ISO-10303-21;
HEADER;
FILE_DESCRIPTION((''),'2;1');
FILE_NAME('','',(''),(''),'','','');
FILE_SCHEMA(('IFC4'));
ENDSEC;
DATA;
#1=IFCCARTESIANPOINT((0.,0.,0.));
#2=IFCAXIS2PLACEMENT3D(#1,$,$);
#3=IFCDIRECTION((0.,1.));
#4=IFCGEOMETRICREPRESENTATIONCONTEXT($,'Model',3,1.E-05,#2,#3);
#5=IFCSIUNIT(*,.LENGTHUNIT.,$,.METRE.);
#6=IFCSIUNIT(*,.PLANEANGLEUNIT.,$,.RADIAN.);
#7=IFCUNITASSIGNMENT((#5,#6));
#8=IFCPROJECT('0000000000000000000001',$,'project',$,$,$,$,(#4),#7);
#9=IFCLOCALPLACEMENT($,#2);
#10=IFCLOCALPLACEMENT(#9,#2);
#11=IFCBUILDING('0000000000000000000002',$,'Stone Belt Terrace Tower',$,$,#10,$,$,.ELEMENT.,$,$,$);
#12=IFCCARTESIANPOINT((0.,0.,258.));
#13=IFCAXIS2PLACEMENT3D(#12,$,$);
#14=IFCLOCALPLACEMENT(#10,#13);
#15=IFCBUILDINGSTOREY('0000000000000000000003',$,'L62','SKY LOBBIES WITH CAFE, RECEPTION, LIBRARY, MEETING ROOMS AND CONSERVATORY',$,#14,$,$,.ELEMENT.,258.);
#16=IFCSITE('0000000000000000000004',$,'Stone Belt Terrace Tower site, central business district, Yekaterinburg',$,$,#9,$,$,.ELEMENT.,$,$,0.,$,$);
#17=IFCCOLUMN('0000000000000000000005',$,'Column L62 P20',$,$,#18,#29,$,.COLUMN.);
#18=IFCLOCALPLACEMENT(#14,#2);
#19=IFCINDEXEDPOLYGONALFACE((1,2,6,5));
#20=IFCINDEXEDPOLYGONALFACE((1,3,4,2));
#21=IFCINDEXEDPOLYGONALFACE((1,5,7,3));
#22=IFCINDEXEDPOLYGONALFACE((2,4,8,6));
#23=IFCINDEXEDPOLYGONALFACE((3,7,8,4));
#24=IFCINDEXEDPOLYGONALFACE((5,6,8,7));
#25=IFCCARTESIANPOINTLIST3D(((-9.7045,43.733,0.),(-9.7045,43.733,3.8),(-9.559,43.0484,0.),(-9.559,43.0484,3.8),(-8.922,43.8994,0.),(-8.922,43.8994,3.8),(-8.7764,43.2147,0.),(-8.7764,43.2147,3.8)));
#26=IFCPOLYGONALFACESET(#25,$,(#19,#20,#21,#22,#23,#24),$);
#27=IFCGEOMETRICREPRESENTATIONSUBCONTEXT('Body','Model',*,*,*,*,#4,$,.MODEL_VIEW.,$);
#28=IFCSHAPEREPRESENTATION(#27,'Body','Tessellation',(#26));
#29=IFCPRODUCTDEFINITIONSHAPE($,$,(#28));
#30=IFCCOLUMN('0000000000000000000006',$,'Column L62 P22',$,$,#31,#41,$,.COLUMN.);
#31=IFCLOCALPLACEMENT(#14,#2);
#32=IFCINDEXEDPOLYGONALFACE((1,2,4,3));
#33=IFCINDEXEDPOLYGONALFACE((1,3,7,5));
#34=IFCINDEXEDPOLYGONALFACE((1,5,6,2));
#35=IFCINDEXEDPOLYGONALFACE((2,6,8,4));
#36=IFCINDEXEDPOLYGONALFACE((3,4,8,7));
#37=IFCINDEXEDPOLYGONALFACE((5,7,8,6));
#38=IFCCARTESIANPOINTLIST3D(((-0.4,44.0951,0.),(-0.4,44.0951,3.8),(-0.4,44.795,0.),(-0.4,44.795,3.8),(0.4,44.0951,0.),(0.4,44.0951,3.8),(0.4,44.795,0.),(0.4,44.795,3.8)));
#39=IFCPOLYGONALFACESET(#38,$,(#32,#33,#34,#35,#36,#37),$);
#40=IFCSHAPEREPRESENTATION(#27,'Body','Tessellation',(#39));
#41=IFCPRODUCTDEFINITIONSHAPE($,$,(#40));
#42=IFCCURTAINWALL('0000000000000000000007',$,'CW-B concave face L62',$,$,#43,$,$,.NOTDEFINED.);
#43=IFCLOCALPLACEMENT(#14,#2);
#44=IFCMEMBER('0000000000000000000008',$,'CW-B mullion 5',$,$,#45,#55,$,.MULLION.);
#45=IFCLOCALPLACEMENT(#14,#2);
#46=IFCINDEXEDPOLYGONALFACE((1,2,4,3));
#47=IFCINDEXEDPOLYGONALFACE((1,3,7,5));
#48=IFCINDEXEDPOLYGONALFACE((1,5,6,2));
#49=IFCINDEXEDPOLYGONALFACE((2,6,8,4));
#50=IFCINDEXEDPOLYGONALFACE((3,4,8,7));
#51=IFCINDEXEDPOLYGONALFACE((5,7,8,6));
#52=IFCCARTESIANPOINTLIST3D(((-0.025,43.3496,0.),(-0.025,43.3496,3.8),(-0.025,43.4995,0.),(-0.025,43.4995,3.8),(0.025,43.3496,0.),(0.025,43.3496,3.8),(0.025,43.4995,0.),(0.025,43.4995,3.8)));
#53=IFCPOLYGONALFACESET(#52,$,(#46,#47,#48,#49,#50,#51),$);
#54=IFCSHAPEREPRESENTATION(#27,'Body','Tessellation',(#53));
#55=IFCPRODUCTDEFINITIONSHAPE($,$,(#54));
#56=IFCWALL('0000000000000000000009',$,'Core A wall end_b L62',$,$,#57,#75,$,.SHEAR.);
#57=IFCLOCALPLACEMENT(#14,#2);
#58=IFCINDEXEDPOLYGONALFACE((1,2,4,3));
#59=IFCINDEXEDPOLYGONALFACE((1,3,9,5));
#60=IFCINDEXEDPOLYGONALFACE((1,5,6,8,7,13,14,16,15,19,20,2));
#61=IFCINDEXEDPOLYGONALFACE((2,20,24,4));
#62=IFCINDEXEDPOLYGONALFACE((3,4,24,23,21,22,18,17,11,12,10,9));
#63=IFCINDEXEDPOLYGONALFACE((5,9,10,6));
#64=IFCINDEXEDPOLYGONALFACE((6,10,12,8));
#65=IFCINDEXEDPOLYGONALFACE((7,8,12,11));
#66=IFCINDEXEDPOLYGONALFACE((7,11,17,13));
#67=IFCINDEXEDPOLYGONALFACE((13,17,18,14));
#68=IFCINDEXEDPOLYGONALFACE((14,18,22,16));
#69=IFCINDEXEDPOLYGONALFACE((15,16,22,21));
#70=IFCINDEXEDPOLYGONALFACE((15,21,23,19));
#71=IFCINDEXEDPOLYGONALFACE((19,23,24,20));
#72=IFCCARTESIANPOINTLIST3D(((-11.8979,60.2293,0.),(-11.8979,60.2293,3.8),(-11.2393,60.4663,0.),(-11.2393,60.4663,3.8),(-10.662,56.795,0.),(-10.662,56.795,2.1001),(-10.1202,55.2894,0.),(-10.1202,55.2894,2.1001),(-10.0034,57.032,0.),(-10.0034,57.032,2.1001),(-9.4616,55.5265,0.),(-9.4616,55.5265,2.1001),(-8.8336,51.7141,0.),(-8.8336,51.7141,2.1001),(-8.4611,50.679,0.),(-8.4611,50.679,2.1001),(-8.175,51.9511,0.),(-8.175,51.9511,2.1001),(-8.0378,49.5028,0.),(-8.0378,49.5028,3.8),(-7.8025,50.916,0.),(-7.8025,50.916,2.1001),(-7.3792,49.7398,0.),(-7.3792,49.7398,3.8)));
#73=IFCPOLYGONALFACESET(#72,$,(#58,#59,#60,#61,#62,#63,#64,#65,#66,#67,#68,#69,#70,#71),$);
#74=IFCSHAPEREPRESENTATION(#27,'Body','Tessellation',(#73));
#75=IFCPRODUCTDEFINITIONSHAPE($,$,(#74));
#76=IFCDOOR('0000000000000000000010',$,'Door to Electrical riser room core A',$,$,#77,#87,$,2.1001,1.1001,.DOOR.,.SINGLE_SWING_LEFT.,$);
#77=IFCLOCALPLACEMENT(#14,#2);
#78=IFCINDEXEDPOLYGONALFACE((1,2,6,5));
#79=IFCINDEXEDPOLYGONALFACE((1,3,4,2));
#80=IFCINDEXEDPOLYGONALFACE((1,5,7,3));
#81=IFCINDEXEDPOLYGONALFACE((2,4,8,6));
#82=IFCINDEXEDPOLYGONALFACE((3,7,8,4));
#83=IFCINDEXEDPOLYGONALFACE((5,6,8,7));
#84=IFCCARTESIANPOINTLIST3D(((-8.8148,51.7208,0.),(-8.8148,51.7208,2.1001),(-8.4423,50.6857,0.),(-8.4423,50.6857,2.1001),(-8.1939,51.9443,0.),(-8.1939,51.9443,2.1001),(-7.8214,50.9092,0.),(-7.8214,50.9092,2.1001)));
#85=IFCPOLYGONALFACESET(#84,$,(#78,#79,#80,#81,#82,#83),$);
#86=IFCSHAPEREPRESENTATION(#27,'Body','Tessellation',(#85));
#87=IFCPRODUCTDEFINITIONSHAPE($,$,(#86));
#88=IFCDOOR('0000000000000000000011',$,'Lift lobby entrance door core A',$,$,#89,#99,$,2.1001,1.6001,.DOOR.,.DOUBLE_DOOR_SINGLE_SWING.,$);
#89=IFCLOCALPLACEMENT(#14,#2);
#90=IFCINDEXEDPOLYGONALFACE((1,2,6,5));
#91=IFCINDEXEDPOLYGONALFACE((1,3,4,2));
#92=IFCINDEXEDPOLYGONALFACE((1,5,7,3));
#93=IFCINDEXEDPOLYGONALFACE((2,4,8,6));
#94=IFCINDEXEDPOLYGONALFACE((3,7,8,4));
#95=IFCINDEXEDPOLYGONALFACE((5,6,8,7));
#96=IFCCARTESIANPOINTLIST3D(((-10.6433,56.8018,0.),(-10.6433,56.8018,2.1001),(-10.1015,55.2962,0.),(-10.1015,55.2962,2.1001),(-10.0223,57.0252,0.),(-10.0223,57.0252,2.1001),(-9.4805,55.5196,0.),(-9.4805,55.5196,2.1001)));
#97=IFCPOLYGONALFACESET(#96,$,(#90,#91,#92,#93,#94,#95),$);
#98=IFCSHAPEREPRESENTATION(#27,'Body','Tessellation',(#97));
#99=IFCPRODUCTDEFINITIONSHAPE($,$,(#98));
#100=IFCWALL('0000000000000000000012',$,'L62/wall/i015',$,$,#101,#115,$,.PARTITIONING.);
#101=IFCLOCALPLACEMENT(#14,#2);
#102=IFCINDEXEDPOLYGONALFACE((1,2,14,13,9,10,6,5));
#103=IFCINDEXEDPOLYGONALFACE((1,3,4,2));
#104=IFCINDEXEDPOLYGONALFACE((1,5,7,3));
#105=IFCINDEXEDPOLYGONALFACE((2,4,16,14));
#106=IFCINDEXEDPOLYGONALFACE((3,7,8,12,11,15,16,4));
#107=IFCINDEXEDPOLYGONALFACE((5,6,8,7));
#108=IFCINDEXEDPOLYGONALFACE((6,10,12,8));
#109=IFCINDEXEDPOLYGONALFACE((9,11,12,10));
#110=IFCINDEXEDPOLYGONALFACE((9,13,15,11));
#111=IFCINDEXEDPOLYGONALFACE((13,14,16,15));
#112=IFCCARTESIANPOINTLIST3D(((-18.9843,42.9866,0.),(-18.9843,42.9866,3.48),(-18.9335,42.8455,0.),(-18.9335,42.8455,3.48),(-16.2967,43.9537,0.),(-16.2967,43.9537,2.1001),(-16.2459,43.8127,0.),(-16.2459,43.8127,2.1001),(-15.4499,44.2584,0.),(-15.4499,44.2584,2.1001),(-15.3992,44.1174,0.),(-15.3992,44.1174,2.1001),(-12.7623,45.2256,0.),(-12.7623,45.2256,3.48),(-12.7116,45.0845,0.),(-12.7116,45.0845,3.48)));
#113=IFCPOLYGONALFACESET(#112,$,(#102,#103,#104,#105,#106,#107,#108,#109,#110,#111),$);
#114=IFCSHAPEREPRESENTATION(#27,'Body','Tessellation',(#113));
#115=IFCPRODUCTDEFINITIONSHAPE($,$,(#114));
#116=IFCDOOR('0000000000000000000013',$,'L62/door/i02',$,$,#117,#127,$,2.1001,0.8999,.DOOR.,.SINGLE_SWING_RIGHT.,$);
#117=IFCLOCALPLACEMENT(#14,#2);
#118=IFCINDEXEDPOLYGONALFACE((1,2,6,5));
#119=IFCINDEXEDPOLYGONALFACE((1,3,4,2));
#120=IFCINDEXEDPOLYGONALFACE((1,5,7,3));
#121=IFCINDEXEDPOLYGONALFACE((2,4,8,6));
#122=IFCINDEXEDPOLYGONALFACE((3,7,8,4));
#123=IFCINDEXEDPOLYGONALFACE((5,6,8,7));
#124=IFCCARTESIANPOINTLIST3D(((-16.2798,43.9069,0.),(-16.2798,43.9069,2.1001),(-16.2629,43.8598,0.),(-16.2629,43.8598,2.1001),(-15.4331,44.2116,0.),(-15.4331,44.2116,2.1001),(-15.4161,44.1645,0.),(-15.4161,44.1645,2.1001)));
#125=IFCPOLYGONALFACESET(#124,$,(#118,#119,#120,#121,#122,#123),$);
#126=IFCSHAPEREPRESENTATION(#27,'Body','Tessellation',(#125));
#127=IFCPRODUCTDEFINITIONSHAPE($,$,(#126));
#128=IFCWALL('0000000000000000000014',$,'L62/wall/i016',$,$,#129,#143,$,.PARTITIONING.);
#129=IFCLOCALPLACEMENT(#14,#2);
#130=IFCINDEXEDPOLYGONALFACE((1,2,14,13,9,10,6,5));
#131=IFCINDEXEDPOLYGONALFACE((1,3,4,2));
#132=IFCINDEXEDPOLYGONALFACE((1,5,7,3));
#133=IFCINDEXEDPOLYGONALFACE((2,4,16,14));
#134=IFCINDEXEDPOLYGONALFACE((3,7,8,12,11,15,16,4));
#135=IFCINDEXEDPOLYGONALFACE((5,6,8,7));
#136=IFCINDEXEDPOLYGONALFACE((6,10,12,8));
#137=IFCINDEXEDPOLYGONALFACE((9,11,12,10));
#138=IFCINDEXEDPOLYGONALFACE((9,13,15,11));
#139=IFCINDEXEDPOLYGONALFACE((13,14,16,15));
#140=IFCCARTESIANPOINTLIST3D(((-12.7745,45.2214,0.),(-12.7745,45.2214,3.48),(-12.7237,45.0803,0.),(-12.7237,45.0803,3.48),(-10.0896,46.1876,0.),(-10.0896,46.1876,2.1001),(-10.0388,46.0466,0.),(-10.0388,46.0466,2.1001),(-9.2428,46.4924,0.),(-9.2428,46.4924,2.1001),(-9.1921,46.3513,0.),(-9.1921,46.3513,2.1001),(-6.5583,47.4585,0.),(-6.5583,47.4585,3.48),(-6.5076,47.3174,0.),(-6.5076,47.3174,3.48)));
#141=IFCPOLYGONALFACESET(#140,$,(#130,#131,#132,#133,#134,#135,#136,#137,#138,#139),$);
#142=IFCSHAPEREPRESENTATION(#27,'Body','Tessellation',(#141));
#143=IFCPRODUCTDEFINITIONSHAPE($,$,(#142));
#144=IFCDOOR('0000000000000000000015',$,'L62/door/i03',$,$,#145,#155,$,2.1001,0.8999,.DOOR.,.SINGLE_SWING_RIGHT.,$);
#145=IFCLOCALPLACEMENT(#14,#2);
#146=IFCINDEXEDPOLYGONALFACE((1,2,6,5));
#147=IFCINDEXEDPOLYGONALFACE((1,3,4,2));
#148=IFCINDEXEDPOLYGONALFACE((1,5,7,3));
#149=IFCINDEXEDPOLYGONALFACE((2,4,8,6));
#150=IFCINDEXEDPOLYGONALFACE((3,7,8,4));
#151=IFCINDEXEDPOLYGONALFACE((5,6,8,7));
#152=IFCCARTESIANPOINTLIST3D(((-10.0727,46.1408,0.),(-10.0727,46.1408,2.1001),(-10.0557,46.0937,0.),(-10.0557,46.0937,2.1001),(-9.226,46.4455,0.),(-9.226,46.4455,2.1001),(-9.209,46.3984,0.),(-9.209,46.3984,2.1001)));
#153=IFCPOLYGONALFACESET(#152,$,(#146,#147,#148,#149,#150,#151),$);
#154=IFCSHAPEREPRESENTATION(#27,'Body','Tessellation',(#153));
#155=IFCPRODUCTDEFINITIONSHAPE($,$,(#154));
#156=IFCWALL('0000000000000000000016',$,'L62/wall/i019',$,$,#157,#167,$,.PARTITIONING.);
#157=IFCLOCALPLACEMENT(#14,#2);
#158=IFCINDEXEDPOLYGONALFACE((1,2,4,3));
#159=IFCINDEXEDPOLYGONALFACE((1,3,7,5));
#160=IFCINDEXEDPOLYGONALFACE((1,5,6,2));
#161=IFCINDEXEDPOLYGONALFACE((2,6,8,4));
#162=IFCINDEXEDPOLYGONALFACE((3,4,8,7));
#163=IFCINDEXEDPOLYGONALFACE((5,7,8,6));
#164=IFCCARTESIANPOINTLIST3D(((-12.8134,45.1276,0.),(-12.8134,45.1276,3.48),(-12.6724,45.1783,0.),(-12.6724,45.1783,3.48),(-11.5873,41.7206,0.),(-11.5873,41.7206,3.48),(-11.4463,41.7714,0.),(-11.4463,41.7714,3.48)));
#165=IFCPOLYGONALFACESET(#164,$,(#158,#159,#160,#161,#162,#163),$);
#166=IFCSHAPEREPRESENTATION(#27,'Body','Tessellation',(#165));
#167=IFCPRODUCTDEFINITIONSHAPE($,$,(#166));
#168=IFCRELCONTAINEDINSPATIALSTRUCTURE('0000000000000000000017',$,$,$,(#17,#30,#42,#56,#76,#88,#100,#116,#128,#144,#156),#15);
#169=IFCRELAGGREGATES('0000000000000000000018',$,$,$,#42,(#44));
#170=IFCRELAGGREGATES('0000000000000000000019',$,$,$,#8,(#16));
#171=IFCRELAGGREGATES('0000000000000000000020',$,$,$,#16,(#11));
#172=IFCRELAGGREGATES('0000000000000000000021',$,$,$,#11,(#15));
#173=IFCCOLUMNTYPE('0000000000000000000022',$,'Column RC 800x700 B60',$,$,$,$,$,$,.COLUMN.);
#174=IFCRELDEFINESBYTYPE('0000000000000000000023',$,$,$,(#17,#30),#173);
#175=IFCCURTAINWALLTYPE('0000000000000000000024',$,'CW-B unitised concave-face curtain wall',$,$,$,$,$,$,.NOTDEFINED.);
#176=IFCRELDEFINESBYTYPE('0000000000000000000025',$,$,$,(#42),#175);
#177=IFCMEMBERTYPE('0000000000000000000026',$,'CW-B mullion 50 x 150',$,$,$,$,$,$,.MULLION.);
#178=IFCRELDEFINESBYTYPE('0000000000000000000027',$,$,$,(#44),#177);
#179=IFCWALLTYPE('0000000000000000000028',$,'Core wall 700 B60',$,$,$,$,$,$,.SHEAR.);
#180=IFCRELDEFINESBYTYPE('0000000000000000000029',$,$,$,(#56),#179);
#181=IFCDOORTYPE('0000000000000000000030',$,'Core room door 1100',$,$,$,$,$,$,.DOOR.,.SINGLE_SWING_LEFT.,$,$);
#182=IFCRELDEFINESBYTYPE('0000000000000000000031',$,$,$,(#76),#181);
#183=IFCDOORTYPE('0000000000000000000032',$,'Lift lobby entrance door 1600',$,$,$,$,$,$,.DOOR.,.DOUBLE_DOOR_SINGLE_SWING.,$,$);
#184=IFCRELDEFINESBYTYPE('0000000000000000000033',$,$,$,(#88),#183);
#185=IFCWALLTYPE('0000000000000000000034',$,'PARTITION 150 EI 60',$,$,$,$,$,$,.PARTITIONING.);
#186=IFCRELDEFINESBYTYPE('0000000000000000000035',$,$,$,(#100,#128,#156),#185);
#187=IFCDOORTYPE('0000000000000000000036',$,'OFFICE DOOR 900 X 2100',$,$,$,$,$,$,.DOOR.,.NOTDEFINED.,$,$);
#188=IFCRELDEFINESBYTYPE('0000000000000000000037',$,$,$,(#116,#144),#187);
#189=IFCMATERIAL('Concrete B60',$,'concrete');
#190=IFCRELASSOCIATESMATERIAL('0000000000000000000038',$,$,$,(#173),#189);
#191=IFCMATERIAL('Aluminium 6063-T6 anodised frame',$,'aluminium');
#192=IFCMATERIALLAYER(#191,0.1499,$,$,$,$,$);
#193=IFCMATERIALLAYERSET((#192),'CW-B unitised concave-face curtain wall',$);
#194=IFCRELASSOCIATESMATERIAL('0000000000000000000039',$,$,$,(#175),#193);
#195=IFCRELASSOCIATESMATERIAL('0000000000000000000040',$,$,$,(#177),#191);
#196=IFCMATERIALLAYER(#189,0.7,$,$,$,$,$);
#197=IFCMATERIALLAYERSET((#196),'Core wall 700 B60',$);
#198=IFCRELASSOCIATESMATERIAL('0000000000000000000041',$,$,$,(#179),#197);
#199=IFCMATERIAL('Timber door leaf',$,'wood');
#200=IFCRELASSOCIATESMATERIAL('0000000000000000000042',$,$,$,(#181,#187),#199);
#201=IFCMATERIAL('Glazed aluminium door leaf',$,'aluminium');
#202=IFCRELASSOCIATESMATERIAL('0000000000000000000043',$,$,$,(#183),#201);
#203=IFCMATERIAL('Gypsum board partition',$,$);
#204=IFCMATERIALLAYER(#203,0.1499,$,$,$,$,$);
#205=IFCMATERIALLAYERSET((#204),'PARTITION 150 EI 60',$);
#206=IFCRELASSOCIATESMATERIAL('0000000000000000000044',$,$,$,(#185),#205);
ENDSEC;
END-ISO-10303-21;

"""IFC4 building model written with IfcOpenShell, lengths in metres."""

from ifc_helpers import new_model, si_unit, direction, frame, frame_2d, origin, origin_2d, place, context, subcontext, project, spatial, rectangle, extrude, material, layer, layer_set, material_profile, profile_set, type_object, element, fill, aggregate, save


model = new_model("IFC4")

# Units and contexts
model_context = context("Model", 3, precision=1e-05, world=origin(), true_north=direction((0.0, 1.0)))
body_context = subcontext(model_context, "Body", "Model", "MODEL_VIEW")
ifc_project = project(units=[si_unit("LENGTHUNIT", "METRE"), si_unit("PLANEANGLEUNIT", "RADIAN")], contexts=[model_context])

# Site, building, storey
site_placement = place(None, origin())
site = spatial("IfcSite", under=ifc_project, at=site_placement, Name="Stone Belt Terrace Tower site, central business district, Yekaterinburg", CompositionType="ELEMENT", RefElevation=0.0)
building_placement = place(site_placement, origin())
building = spatial("IfcBuilding", under=site, at=building_placement, Name="Stone Belt Terrace Tower", CompositionType="ELEMENT")
storey_placement = place(building_placement, frame((0.0, 0.0, 258.0)))
storey = spatial("IfcBuildingStorey", under=building, at=storey_placement, Name="L62", Description="SKY LOBBIES WITH CAFE, RECEPTION, LIBRARY, MEETING ROOMS AND CONSERVATORY", CompositionType="ELEMENT", Elevation=258.0)

# Columns
ifc_material_1 = material(Name="Concrete B60", Category="concrete")
ifc_material_profile_1 = material_profile(ifc_material_1, rectangle(XDim=0.8, YDim=0.7, at=origin_2d()), Name="RC 800x700")
ifc_profile_set_1 = profile_set([ifc_material_profile_1], Name="Concrete B60")
column_type = type_object("IfcColumnType", Name="Column RC 800x700 B60", PredefinedType="COLUMN", material=ifc_profile_set_1)
for number, where, z_axis, x_axis, name in (
    (1, (-9.2405, 43.4739, 0.0), (0.0, 0.0, 1.0), (0.978148, 0.207912, 0.0), "Column L62 P20"),
    (2, (0.0, 44.4451, 0.0), (0.0, 0.0, 1.0), (1.0, 0.0, 0.0), "Column L62 P22"),
):
    element("IfcColumn", number, at=place(storey_placement, frame(where, z_axis=z_axis, x_axis=x_axis)), inside=storey, type_object=column_type, Name=name, PredefinedType="COLUMN", context=body_context, shape_type="SweptSolid", body=[
        extrude(rectangle(XDim=0.8, YDim=0.7, at=origin_2d()), origin(), (0.0, 0.0, 1.0), 3.8),
    ])

# Curtain wall, member
ifc_material_2 = material(Name="Aluminium 6063-T6 anodised frame", Category="aluminium")
ifc_layer_1 = layer(ifc_material_2, 0.1499)
ifc_layer_set_1 = layer_set([ifc_layer_1], Name="CW-B unitised concave-face curtain wall")
curtain_wall_type = type_object("IfcCurtainWallType", Name="CW-B unitised concave-face curtain wall", PredefinedType="NOTDEFINED", material=ifc_layer_set_1)
curtain_wall_placement = place(storey_placement, origin())
curtain_wall = element("IfcCurtainWall", 3, at=curtain_wall_placement, inside=storey, type_object=curtain_wall_type, Name="CW-B concave face L62", PredefinedType="NOTDEFINED")
ifc_material_profile_2 = material_profile(ifc_material_2, rectangle(XDim=0.1499, YDim=0.05, at=origin_2d()), Name="Aluminium 6063-T6 50x150")
ifc_profile_set_2 = profile_set([ifc_material_profile_2], Name="Aluminium 6063-T6 anodised frame")
member_type = type_object("IfcMemberType", Name="CW-B mullion 50 x 150", PredefinedType="MULLION", material=ifc_profile_set_2)
member_placement = place(storey_placement, frame((0.0, 43.4246, 0.0), z_axis=(0.0, 0.0, 1.0), x_axis=(0.0, 1.0, 0.0)))
member = element("IfcMember", 4, at=member_placement, type_object=member_type, Name="CW-B mullion 5", PredefinedType="MULLION", context=body_context, shape_type="SweptSolid", body=[
    extrude(rectangle(XDim=0.1499, YDim=0.05, at=origin_2d()), origin(), (0.0, 0.0, 1.0), 3.8),
])
aggregate(curtain_wall, [member])

# Wall, openings, doors
ifc_layer_2 = layer(ifc_material_1, 0.7)
ifc_layer_set_2 = layer_set([ifc_layer_2], Name="Core wall 700 B60")
wall_type_1 = type_object("IfcWallType", Name="Core wall 700 B60", PredefinedType="SHEAR", material=ifc_layer_set_2)
wall_1_placement = place(storey_placement, frame((-7.7085, 49.6213, 0.0), z_axis=(0.0, 0.0, 1.0), x_axis=(-0.338606, 0.940928, 0.0)))
wall_1 = element("IfcWall", 5, at=wall_1_placement, inside=storey, type_object=wall_type_1, Name="Core A wall end_b L62", PredefinedType="SHEAR", context=body_context, shape_type="SweptSolid", body=[
    extrude(rectangle(XDim=11.3999, YDim=0.7, at=frame_2d((5.7, 0.0))), origin(), (0.0, 0.0, 1.0), 3.8),
])
opening_1_placement = place(wall_1_placement, frame((6.1499, 0.0, 0.0)))
opening_1 = element("IfcOpeningElement", 6, at=opening_1_placement, cuts=wall_1, PredefinedType="OPENING", context=body_context, shape_type="SweptSolid", body=[
    extrude(rectangle(XDim=1.6001, YDim=2.1001, at=frame_2d((0.8, 1.05))), frame((0.0, 0.3599, 0.0), z_axis=(0.0, -1.0, 0.0), x_axis=(1.0, 0.0, 0.0)), (0.0, 0.0, 1.0), 0.72),
])
opening_2_placement = place(wall_1_placement, frame((1.25, 0.0, 0.0)))
opening_2 = element("IfcOpeningElement", 7, at=opening_2_placement, cuts=wall_1, PredefinedType="OPENING", context=body_context, shape_type="SweptSolid", body=[
    extrude(rectangle(XDim=1.1001, YDim=2.1001, at=frame_2d((0.55, 1.05))), frame((0.0, 0.3599, 0.0), z_axis=(0.0, -1.0, 0.0), x_axis=(1.0, 0.0, 0.0)), (0.0, 0.0, 1.0), 0.72),
])
ifc_material_3 = material(Name="Timber door leaf", Category="wood")
door_type_1 = type_object("IfcDoorType", Name="Core room door 1100", OperationType="SINGLE_SWING_LEFT", PredefinedType="DOOR", material=ifc_material_3)
door_1_placement = place(opening_2_placement, origin())
door_1 = element("IfcDoor", 8, at=door_1_placement, inside=storey, type_object=door_type_1, Name="Door to Electrical riser room core A", OperationType="SINGLE_SWING_LEFT", OverallHeight=2.1001, OverallWidth=1.1001, PredefinedType="DOOR", context=body_context, shape_type="SweptSolid", body=[
    extrude(rectangle(XDim=1.1001, YDim=2.1001, at=frame_2d((0.55, 1.05))), frame((0.0, 0.3301, 0.0), z_axis=(0.0, -1.0, 0.0), x_axis=(1.0, 0.0, 0.0)), (0.0, 0.0, 1.0), 0.6599),
])
fill(opening_2, door_1)
ifc_material_4 = material(Name="Glazed aluminium door leaf", Category="aluminium")
door_type_2 = type_object("IfcDoorType", Name="Lift lobby entrance door 1600", OperationType="DOUBLE_DOOR_SINGLE_SWING", PredefinedType="DOOR", material=ifc_material_4)
door_2_placement = place(opening_1_placement, origin())
door_2 = element("IfcDoor", 9, at=door_2_placement, inside=storey, type_object=door_type_2, Name="Lift lobby entrance door core A", OperationType="DOUBLE_DOOR_SINGLE_SWING", OverallHeight=2.1001, OverallWidth=1.6001, PredefinedType="DOOR", context=body_context, shape_type="SweptSolid", body=[
    extrude(rectangle(XDim=1.6001, YDim=2.1001, at=frame_2d((0.8, 1.05))), frame((0.0, 0.3301, 0.0), z_axis=(0.0, -1.0, 0.0), x_axis=(1.0, 0.0, 0.0)), (0.0, 0.0, 1.0), 0.6599),
])
fill(opening_1, door_2)

# Walls, openings, doors
ifc_material_5 = material(Name="Gypsum board partition")
ifc_layer_3 = layer(ifc_material_5, 0.1499)
ifc_layer_set_3 = layer_set([ifc_layer_3], Name="PARTITION 150 EI 60")
wall_type_2 = type_object("IfcWallType", Name="PARTITION 150 EI 60", PredefinedType="PARTITIONING", material=ifc_layer_set_3)
wall_2_placement = place(storey_placement, frame((-12.7371, 45.155, 0.0), z_axis=(0.0, 0.0, 1.0), x_axis=(-0.94093, -0.338602, 0.0)))
wall_2 = element("IfcWall", 10, at=wall_2_placement, inside=storey, type_object=wall_type_2, Name="L62/wall/i015", PredefinedType="PARTITIONING", context=body_context, shape_type="SweptSolid", body=[
    extrude(rectangle(XDim=6.6125, YDim=0.1499, at=frame_2d((3.3062, 0.0))), origin(), (0.0, 0.0, 1.0), 3.48),
])
opening_3_placement = place(wall_2_placement, frame((2.8562, 0.0, 0.0)))
opening_3 = element("IfcOpeningElement", 11, at=opening_3_placement, cuts=wall_2, PredefinedType="OPENING", context=body_context, shape_type="SweptSolid", body=[
    extrude(rectangle(XDim=0.8999, YDim=2.1001, at=frame_2d((0.45, 1.05))), frame((0.0, 0.085, 0.0), z_axis=(0.0, -1.0, 0.0), x_axis=(1.0, 0.0, 0.0)), (0.0, 0.0, 1.0), 0.1699),
])
door_type_3 = type_object("IfcDoorType", Name="OFFICE DOOR 900 X 2100", OperationType="NOTDEFINED", PredefinedType="DOOR", material=ifc_material_3)
door_3_placement = place(opening_3_placement, origin())
door_3 = element("IfcDoor", 12, at=door_3_placement, inside=storey, type_object=door_type_3, Name="L62/door/i02", OperationType="SINGLE_SWING_RIGHT", OverallHeight=2.1001, OverallWidth=0.8999, PredefinedType="DOOR", context=body_context, shape_type="SweptSolid", body=[
    extrude(rectangle(XDim=0.8999, YDim=2.1001, at=frame_2d((0.45, 1.05))), frame((0.0, 0.0249, 0.0), z_axis=(0.0, -1.0, 0.0), x_axis=(1.0, 0.0, 0.0)), (0.0, 0.0, 1.0), 0.05),
])
fill(opening_3, door_3)
wall_3_placement = place(storey_placement, frame((-6.533, 47.3879, 0.0), z_axis=(0.0, 0.0, 1.0), x_axis=(-0.940922, -0.338623, 0.0)))
wall_3 = element("IfcWall", 13, at=wall_3_placement, inside=storey, type_object=wall_type_2, Name="L62/wall/i016", PredefinedType="PARTITIONING", context=body_context, shape_type="SweptSolid", body=[
    extrude(rectangle(XDim=6.6064, YDim=0.1499, at=frame_2d((3.3032, 0.0))), origin(), (0.0, 0.0, 1.0), 3.48),
])
opening_4_placement = place(wall_3_placement, frame((2.853, 0.0, 0.0)))
opening_4 = element("IfcOpeningElement", 14, at=opening_4_placement, cuts=wall_3, PredefinedType="OPENING", context=body_context, shape_type="SweptSolid", body=[
    extrude(rectangle(XDim=0.8999, YDim=2.1001, at=frame_2d((0.45, 1.05))), frame((0.0, 0.085, 0.0), z_axis=(0.0, -1.0, 0.0), x_axis=(1.0, 0.0, 0.0)), (0.0, 0.0, 1.0), 0.1699),
])
door_4_placement = place(opening_4_placement, origin())
door_4 = element("IfcDoor", 15, at=door_4_placement, inside=storey, type_object=door_type_3, Name="L62/door/i03", OperationType="SINGLE_SWING_RIGHT", OverallHeight=2.1001, OverallWidth=0.8999, PredefinedType="DOOR", context=body_context, shape_type="SweptSolid", body=[
    extrude(rectangle(XDim=0.8999, YDim=2.1001, at=frame_2d((0.45, 1.05))), frame((0.0, 0.0249, 0.0), z_axis=(0.0, -1.0, 0.0), x_axis=(1.0, 0.0, 0.0)), (0.0, 0.0, 1.0), 0.05),
])
fill(opening_4, door_4)

# Wall
wall_4_placement = place(storey_placement, frame((-12.7429, 45.1531, 0.0), z_axis=(0.0, 0.0, 1.0), x_axis=(0.338612, -0.940926, 0.0)))
element("IfcWall", 16, at=wall_4_placement, inside=storey, type_object=wall_type_2, Name="L62/wall/i019", PredefinedType="PARTITIONING", context=body_context, shape_type="SweptSolid", body=[
    extrude(rectangle(XDim=3.6208, YDim=0.1499, at=frame_2d((1.8105, 0.0))), origin(), (0.0, 0.0, 1.0), 3.48),
])

save(model, "model.ifc")
